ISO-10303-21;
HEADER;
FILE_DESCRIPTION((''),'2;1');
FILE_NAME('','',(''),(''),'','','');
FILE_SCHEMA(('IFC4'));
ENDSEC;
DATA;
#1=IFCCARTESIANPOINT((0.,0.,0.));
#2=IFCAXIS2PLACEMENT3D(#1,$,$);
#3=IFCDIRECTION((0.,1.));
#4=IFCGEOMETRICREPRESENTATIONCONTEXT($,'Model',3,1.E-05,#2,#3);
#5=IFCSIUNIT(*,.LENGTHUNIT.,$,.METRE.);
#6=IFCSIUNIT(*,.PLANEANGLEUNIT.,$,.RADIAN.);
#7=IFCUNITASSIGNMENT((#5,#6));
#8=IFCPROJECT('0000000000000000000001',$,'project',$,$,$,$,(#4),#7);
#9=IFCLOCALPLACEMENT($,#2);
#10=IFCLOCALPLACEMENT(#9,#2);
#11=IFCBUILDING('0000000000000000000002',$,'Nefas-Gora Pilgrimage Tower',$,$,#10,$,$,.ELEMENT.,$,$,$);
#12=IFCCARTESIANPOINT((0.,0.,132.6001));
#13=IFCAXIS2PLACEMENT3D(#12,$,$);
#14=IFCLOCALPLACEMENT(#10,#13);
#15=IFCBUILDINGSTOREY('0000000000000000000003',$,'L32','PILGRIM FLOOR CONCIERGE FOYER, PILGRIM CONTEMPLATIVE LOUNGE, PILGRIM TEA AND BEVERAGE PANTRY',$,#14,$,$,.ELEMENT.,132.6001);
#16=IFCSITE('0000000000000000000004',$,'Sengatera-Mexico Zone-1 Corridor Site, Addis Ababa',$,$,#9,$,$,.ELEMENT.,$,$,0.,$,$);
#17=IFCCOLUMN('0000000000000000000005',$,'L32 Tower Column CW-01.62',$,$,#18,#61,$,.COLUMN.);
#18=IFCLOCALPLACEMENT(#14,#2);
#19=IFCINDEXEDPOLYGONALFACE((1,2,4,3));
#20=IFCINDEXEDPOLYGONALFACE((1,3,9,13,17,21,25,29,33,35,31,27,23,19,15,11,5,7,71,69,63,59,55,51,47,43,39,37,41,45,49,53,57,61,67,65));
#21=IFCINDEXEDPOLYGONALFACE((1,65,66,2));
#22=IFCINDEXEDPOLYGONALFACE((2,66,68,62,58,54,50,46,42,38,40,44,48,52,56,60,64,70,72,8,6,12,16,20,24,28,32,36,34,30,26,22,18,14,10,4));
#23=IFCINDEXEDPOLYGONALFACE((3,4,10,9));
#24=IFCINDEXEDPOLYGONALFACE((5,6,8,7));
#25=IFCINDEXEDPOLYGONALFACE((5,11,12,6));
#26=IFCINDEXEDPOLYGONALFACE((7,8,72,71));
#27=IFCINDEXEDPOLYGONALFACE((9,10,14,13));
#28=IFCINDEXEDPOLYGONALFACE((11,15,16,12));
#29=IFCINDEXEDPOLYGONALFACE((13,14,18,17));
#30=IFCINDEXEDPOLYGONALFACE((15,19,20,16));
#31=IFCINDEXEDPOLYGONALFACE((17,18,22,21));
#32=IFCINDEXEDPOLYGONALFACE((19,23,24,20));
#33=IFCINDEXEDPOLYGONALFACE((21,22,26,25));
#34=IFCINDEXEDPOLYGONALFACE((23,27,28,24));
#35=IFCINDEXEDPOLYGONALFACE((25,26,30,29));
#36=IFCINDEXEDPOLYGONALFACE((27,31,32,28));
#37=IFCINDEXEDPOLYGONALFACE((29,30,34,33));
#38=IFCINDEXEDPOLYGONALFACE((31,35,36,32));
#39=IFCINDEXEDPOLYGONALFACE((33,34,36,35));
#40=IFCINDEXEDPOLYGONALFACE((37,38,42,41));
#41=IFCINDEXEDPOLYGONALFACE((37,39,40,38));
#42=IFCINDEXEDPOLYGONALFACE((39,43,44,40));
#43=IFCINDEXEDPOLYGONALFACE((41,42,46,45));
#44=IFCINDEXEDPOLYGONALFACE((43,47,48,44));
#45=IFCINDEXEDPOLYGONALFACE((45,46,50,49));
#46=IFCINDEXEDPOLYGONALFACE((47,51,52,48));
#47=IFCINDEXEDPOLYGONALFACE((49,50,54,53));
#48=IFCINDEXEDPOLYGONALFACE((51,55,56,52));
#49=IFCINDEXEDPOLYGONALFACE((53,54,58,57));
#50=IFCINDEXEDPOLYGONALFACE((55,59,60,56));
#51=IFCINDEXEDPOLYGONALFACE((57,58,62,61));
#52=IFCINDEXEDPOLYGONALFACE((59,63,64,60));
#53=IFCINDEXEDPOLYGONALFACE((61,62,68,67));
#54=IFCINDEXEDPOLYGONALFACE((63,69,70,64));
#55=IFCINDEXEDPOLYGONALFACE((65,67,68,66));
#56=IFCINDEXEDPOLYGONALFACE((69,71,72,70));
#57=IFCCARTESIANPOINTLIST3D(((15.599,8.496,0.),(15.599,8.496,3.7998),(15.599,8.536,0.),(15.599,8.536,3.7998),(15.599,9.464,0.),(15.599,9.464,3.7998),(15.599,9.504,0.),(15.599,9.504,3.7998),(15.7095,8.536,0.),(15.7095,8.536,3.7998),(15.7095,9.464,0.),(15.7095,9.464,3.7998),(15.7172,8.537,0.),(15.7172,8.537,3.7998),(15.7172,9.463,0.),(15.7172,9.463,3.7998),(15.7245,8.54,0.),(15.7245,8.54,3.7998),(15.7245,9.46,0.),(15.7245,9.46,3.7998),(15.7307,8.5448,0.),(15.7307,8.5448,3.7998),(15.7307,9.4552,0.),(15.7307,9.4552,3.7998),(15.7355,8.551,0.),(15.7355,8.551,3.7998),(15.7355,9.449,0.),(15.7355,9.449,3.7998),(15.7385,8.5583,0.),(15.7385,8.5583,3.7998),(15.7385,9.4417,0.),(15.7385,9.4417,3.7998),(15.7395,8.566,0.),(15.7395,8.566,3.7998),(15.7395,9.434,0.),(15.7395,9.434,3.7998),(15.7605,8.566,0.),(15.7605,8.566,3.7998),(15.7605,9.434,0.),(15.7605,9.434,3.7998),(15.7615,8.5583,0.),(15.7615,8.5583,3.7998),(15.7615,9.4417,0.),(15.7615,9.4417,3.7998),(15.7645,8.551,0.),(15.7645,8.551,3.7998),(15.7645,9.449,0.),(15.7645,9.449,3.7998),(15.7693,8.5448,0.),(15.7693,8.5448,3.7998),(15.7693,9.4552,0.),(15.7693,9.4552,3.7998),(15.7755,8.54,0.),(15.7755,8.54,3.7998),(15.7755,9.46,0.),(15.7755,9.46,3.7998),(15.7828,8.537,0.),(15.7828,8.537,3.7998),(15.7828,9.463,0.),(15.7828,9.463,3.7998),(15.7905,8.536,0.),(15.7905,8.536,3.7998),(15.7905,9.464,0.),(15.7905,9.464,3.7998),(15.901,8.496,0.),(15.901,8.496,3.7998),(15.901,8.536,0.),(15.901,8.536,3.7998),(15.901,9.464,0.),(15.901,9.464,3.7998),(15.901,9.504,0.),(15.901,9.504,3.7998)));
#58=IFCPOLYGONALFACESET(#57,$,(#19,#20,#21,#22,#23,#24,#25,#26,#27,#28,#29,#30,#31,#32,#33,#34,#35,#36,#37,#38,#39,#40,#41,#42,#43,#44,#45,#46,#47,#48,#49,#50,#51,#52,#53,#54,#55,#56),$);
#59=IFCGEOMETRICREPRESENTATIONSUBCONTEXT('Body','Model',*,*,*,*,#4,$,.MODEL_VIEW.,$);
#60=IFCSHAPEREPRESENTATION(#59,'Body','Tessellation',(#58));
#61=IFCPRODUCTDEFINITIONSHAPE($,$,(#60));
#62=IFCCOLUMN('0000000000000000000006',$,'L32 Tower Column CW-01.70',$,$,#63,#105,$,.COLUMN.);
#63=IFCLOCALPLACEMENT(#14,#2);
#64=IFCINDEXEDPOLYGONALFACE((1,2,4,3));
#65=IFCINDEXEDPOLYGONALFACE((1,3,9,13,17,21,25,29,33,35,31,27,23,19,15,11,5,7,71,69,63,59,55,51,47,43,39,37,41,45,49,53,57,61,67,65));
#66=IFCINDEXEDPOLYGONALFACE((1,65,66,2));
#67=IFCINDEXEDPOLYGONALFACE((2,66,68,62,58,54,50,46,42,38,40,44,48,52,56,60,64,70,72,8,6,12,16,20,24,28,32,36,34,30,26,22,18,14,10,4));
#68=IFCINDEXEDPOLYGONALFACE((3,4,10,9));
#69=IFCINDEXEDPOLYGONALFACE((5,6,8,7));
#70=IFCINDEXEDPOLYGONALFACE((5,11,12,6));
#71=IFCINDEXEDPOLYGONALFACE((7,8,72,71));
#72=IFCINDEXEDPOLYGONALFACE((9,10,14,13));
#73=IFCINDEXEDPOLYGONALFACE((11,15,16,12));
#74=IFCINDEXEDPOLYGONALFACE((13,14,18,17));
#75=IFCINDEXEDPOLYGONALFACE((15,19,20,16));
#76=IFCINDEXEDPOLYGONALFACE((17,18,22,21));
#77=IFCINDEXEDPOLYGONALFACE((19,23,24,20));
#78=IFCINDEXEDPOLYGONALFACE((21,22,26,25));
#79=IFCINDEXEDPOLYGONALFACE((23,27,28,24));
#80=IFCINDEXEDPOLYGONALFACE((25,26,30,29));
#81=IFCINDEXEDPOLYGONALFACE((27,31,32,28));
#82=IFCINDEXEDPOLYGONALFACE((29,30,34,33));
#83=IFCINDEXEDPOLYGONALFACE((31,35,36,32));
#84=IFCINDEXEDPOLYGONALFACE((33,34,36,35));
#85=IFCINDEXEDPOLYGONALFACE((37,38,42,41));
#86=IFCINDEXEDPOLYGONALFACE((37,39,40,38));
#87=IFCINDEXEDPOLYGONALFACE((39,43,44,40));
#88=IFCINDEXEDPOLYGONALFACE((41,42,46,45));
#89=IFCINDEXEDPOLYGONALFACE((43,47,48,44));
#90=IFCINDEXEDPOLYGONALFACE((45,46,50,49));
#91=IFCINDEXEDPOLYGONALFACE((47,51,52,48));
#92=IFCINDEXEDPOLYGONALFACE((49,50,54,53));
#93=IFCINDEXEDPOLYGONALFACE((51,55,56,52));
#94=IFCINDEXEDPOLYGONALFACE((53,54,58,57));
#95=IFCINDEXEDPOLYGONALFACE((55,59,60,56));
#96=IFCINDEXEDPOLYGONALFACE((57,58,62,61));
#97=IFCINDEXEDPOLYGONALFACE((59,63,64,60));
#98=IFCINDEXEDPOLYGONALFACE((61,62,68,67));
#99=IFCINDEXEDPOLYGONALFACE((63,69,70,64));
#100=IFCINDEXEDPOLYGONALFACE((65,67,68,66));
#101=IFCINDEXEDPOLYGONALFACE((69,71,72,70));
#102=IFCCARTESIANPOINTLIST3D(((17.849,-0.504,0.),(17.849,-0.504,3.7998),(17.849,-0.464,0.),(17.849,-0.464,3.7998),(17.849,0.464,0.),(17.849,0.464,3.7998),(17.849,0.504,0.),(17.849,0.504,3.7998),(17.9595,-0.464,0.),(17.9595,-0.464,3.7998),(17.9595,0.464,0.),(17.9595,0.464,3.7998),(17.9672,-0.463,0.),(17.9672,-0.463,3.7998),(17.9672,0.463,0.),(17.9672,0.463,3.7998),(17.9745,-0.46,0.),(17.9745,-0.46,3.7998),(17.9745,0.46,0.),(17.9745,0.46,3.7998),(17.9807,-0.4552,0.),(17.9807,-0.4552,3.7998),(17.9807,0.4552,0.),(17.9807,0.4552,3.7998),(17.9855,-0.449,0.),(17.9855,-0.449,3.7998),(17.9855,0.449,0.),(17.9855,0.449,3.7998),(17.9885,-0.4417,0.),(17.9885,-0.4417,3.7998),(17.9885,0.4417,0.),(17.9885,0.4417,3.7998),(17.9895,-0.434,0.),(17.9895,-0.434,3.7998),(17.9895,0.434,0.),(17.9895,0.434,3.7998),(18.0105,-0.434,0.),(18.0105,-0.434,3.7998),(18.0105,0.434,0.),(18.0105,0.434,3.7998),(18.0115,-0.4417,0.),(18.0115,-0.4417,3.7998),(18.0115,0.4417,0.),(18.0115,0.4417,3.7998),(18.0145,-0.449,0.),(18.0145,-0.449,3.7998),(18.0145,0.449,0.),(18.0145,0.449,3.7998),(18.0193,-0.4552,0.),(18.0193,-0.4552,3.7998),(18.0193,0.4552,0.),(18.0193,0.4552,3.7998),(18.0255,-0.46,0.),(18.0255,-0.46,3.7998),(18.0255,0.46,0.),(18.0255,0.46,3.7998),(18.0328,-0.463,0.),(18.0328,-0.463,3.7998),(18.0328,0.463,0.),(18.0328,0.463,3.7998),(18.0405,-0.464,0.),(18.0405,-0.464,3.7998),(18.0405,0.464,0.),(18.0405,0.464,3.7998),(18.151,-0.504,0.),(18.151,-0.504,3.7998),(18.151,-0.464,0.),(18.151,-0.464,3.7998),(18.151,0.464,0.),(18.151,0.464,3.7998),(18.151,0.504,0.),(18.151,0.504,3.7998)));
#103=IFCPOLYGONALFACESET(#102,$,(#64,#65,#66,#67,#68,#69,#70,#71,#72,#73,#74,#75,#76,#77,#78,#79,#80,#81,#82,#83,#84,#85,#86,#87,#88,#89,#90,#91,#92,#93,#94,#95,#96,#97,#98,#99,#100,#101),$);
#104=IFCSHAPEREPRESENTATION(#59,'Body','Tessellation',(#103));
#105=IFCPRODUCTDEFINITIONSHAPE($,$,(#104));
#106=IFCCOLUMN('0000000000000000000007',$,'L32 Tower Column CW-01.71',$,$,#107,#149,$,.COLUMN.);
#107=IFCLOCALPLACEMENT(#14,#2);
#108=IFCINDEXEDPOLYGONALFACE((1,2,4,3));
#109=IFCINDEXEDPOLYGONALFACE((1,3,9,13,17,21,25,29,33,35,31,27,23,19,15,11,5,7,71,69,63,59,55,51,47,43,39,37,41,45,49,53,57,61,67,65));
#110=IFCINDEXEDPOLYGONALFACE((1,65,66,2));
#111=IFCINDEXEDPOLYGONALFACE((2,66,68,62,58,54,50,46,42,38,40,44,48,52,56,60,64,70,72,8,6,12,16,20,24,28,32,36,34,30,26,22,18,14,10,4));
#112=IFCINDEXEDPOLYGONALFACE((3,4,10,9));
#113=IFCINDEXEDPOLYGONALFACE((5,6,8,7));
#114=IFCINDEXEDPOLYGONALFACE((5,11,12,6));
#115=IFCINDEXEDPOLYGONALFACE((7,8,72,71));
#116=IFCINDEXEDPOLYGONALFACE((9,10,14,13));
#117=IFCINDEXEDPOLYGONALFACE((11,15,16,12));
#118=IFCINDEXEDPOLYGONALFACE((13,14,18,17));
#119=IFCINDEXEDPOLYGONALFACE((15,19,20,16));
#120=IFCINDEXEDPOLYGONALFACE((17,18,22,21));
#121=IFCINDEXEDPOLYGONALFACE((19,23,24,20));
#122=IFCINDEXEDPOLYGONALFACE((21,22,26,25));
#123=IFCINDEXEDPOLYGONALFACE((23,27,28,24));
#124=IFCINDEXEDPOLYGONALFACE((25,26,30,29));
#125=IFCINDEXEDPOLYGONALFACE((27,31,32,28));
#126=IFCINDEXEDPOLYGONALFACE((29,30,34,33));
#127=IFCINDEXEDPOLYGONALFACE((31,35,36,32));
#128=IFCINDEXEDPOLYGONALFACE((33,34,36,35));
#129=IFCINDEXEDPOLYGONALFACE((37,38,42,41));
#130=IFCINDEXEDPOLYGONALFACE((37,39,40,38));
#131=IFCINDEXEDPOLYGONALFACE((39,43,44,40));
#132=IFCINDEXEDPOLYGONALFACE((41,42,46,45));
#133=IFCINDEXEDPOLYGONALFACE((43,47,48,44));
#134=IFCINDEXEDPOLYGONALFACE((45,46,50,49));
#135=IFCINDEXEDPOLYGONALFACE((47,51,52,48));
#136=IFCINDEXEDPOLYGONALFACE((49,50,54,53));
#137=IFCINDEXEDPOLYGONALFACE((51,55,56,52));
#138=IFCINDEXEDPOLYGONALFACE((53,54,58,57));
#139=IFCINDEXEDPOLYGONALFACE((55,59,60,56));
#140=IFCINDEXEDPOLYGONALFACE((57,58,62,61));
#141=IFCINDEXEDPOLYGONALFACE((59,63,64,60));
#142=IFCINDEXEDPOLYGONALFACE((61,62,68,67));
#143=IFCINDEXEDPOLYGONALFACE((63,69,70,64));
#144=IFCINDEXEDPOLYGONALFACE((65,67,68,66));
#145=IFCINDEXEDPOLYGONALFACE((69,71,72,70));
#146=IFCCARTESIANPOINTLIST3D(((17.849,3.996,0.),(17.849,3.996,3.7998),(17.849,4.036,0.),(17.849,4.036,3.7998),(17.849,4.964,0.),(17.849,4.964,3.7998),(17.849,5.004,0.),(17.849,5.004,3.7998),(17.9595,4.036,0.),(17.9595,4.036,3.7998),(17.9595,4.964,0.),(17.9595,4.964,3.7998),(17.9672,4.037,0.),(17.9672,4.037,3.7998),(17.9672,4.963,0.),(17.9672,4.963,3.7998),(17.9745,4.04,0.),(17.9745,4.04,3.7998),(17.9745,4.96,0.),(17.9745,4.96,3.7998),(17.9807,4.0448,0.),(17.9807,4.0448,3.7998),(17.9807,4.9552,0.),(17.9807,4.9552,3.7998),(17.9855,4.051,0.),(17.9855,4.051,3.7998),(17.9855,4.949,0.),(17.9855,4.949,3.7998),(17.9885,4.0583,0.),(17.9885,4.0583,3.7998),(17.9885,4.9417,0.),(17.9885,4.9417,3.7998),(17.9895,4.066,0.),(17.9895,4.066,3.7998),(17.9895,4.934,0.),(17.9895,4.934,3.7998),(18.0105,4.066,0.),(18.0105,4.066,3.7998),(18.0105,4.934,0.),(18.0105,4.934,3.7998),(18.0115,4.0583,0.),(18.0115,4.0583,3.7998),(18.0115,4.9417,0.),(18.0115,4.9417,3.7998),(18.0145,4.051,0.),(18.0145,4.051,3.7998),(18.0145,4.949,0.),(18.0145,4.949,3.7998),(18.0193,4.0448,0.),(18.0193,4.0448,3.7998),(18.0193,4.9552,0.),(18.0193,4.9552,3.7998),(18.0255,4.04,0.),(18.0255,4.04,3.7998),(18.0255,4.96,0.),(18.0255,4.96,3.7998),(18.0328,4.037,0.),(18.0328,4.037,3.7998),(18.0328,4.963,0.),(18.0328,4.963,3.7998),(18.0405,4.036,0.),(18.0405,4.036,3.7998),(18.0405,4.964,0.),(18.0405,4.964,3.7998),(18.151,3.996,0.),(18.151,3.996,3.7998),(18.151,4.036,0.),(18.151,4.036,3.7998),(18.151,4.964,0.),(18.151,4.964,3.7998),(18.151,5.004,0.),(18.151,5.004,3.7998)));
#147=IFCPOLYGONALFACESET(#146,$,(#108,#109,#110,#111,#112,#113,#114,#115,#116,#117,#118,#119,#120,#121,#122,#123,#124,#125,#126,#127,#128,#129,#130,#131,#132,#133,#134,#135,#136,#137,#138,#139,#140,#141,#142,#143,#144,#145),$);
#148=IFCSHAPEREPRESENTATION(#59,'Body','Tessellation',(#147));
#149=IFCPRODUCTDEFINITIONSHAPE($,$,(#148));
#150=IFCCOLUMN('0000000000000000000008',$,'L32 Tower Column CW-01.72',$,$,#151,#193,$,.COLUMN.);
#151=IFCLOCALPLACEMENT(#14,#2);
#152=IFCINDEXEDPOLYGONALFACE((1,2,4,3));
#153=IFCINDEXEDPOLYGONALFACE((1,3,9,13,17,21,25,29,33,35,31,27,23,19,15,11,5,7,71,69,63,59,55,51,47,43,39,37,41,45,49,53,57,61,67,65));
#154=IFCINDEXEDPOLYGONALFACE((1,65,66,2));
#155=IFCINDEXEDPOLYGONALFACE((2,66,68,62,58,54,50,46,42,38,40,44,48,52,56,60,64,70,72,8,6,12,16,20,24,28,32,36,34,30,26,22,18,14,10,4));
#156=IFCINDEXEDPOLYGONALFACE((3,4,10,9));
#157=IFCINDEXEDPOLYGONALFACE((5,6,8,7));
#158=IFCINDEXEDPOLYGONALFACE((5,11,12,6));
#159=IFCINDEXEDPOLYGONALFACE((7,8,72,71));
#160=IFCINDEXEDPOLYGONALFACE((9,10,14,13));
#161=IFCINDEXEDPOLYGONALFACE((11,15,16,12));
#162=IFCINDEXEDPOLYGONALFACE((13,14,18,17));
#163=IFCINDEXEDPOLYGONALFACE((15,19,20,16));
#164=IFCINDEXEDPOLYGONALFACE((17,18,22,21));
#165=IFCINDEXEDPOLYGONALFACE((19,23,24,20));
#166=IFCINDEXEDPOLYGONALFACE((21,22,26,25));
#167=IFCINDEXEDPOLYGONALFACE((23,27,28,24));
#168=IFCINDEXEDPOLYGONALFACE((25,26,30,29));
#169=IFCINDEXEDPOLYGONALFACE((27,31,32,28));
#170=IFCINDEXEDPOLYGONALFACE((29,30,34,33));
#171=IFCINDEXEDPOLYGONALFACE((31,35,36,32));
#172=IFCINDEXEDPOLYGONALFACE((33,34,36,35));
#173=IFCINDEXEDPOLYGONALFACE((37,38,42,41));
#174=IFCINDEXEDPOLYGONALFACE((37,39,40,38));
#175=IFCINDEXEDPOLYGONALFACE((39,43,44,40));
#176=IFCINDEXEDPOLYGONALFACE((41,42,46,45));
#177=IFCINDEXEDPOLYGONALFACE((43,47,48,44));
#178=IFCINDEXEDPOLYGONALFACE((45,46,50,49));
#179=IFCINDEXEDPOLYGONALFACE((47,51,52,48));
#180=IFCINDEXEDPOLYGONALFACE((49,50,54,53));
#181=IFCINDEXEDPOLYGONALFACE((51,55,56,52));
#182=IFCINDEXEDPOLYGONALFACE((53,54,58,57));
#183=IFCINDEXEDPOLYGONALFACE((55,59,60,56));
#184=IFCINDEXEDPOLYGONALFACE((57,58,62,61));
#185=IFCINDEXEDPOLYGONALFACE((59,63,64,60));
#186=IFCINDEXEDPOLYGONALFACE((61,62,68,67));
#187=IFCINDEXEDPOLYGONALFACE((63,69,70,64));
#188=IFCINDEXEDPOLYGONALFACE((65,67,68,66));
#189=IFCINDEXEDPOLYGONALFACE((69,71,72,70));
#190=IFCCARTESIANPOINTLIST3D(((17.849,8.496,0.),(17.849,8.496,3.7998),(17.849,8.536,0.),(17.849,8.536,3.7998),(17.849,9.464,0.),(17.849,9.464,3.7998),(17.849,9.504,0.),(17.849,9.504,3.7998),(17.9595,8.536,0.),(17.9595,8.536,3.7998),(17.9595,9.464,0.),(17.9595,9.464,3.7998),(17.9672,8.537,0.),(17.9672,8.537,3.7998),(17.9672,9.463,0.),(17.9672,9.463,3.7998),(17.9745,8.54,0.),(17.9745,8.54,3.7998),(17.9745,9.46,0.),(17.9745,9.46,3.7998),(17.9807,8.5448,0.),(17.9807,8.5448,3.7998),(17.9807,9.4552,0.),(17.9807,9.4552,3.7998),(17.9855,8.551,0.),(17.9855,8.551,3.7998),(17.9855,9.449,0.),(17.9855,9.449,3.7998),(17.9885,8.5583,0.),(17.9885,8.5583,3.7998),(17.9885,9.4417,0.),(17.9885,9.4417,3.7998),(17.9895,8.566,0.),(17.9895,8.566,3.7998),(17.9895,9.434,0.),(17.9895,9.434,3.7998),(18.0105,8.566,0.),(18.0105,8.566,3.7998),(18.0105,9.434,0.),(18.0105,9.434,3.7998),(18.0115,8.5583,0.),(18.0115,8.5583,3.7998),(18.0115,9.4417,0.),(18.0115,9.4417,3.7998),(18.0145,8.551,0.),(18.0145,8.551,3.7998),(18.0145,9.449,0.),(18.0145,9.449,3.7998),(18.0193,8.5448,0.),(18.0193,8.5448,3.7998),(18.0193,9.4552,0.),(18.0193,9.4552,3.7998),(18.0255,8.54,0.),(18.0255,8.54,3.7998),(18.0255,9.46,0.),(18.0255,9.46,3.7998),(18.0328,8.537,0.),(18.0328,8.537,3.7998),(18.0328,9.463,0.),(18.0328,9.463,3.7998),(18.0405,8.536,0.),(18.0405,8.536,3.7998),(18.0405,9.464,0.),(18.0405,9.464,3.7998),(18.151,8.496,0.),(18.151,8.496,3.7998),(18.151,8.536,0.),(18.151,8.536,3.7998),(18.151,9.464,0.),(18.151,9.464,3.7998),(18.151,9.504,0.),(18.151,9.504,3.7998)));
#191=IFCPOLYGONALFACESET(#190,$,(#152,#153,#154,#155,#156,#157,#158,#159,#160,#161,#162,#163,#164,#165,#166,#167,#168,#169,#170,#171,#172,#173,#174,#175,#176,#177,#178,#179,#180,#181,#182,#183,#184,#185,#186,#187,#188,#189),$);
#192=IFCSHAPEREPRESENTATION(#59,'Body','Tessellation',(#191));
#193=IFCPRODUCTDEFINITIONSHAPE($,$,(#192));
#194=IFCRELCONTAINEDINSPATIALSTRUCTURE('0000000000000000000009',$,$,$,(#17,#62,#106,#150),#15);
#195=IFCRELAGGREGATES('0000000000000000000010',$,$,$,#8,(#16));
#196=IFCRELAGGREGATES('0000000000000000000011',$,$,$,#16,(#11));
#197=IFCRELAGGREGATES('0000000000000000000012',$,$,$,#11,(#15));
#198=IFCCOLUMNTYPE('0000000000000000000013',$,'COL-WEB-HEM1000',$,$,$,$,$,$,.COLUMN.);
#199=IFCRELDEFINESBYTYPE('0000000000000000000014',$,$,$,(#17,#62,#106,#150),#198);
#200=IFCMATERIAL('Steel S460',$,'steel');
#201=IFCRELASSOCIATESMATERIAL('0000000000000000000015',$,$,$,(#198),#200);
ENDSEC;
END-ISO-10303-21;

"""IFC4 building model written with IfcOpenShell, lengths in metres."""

from ifc_helpers import new_model, si_unit, direction, frame, origin, origin_2d, place, context, subcontext, project, spatial, i_section, extrude, source, transform, mapped, material, material_profile, profile_set, type_object, element, save


model = new_model("IFC4")

# Units and contexts
model_context = context("Model", 3, precision=1e-05, world=origin(), true_north=direction((0.0, 1.0)))
body_context = subcontext(model_context, "Body", "Model", "MODEL_VIEW")
ifc_project = project(units=[si_unit("LENGTHUNIT", "METRE"), si_unit("PLANEANGLEUNIT", "RADIAN")], contexts=[model_context])

# Site, building, storey
site_placement = place(None, origin())
site = spatial("IfcSite", under=ifc_project, at=site_placement, Name="Sengatera-Mexico Zone-1 Corridor Site, Addis Ababa", CompositionType="ELEMENT", RefElevation=0.0)
building_placement = place(site_placement, origin())
building = spatial("IfcBuilding", under=site, at=building_placement, Name="Nefas-Gora Pilgrimage Tower", CompositionType="ELEMENT")
storey_placement = place(building_placement, frame((0.0, 0.0, 132.6001)))
storey = spatial("IfcBuildingStorey", under=building, at=storey_placement, Name="L32", Description="PILGRIM FLOOR CONCIERGE FOYER, PILGRIM CONTEMPLATIVE LOUNGE, PILGRIM TEA AND BEVERAGE PANTRY", CompositionType="ELEMENT", Elevation=132.6001)

# Columns
ifc_material_1 = material(Name="Steel S460", Category="steel")
ifc_material_profile_1 = material_profile(ifc_material_1, i_section(OverallWidth=0.302, OverallDepth=1.0081, WebThickness=0.021, FlangeThickness=0.04, FilletRadius=0.03, at=origin_2d()), Name="HEM 1000")
ifc_profile_set_1 = profile_set([ifc_material_profile_1], Name="Steel S460")
column_type_1 = type_object("IfcColumnType", Name="COL-WEB-HEM1000", PredefinedType="COLUMN", material=ifc_profile_set_1)
shared_shape_1 = source(origin(), body_context, "Body", "SweptSolid", [
    extrude(i_section(OverallWidth=0.302, OverallDepth=1.0081, WebThickness=0.021, FlangeThickness=0.04, FilletRadius=0.03, at=origin_2d()), origin(), (0.0, 0.0, 1.0), 3.7998),
])
for number, where, z_axis, x_axis, name in (
    (1, (15.75, 9.0, 0.0), (0.0, 0.0, 1.0), (1.0, 0.0, 0.0), "L32 Tower Column CW-01.62"),
    (2, (18.0, 0.0, 0.0), (0.0, 0.0, 1.0), (1.0, 0.0, 0.0), "L32 Tower Column CW-01.70"),
    (3, (18.0, 4.5, 0.0), (0.0, 0.0, 1.0), (1.0, 0.0, 0.0), "L32 Tower Column CW-01.71"),
    (4, (18.0, 9.0, 0.0), (0.0, 0.0, 1.0), (1.0, 0.0, 0.0), "L32 Tower Column CW-01.72"),
):
    element("IfcColumn", number, at=place(storey_placement, frame(where, z_axis=z_axis, x_axis=x_axis)), inside=storey, type_object=column_type_1, Name=name, PredefinedType="COLUMN", context=body_context, shape_type="MappedRepresentation", body=[
        mapped(shared_shape_1, transform((0.0, 0.0, 0.0), x_axis=(1.0, 0.0, 0.0), y_axis=(0.0, 1.0, 0.0), z_axis=(0.0, 0.0, 1.0), scale=1.0)),
    ])

save(model, "model.ifc")
